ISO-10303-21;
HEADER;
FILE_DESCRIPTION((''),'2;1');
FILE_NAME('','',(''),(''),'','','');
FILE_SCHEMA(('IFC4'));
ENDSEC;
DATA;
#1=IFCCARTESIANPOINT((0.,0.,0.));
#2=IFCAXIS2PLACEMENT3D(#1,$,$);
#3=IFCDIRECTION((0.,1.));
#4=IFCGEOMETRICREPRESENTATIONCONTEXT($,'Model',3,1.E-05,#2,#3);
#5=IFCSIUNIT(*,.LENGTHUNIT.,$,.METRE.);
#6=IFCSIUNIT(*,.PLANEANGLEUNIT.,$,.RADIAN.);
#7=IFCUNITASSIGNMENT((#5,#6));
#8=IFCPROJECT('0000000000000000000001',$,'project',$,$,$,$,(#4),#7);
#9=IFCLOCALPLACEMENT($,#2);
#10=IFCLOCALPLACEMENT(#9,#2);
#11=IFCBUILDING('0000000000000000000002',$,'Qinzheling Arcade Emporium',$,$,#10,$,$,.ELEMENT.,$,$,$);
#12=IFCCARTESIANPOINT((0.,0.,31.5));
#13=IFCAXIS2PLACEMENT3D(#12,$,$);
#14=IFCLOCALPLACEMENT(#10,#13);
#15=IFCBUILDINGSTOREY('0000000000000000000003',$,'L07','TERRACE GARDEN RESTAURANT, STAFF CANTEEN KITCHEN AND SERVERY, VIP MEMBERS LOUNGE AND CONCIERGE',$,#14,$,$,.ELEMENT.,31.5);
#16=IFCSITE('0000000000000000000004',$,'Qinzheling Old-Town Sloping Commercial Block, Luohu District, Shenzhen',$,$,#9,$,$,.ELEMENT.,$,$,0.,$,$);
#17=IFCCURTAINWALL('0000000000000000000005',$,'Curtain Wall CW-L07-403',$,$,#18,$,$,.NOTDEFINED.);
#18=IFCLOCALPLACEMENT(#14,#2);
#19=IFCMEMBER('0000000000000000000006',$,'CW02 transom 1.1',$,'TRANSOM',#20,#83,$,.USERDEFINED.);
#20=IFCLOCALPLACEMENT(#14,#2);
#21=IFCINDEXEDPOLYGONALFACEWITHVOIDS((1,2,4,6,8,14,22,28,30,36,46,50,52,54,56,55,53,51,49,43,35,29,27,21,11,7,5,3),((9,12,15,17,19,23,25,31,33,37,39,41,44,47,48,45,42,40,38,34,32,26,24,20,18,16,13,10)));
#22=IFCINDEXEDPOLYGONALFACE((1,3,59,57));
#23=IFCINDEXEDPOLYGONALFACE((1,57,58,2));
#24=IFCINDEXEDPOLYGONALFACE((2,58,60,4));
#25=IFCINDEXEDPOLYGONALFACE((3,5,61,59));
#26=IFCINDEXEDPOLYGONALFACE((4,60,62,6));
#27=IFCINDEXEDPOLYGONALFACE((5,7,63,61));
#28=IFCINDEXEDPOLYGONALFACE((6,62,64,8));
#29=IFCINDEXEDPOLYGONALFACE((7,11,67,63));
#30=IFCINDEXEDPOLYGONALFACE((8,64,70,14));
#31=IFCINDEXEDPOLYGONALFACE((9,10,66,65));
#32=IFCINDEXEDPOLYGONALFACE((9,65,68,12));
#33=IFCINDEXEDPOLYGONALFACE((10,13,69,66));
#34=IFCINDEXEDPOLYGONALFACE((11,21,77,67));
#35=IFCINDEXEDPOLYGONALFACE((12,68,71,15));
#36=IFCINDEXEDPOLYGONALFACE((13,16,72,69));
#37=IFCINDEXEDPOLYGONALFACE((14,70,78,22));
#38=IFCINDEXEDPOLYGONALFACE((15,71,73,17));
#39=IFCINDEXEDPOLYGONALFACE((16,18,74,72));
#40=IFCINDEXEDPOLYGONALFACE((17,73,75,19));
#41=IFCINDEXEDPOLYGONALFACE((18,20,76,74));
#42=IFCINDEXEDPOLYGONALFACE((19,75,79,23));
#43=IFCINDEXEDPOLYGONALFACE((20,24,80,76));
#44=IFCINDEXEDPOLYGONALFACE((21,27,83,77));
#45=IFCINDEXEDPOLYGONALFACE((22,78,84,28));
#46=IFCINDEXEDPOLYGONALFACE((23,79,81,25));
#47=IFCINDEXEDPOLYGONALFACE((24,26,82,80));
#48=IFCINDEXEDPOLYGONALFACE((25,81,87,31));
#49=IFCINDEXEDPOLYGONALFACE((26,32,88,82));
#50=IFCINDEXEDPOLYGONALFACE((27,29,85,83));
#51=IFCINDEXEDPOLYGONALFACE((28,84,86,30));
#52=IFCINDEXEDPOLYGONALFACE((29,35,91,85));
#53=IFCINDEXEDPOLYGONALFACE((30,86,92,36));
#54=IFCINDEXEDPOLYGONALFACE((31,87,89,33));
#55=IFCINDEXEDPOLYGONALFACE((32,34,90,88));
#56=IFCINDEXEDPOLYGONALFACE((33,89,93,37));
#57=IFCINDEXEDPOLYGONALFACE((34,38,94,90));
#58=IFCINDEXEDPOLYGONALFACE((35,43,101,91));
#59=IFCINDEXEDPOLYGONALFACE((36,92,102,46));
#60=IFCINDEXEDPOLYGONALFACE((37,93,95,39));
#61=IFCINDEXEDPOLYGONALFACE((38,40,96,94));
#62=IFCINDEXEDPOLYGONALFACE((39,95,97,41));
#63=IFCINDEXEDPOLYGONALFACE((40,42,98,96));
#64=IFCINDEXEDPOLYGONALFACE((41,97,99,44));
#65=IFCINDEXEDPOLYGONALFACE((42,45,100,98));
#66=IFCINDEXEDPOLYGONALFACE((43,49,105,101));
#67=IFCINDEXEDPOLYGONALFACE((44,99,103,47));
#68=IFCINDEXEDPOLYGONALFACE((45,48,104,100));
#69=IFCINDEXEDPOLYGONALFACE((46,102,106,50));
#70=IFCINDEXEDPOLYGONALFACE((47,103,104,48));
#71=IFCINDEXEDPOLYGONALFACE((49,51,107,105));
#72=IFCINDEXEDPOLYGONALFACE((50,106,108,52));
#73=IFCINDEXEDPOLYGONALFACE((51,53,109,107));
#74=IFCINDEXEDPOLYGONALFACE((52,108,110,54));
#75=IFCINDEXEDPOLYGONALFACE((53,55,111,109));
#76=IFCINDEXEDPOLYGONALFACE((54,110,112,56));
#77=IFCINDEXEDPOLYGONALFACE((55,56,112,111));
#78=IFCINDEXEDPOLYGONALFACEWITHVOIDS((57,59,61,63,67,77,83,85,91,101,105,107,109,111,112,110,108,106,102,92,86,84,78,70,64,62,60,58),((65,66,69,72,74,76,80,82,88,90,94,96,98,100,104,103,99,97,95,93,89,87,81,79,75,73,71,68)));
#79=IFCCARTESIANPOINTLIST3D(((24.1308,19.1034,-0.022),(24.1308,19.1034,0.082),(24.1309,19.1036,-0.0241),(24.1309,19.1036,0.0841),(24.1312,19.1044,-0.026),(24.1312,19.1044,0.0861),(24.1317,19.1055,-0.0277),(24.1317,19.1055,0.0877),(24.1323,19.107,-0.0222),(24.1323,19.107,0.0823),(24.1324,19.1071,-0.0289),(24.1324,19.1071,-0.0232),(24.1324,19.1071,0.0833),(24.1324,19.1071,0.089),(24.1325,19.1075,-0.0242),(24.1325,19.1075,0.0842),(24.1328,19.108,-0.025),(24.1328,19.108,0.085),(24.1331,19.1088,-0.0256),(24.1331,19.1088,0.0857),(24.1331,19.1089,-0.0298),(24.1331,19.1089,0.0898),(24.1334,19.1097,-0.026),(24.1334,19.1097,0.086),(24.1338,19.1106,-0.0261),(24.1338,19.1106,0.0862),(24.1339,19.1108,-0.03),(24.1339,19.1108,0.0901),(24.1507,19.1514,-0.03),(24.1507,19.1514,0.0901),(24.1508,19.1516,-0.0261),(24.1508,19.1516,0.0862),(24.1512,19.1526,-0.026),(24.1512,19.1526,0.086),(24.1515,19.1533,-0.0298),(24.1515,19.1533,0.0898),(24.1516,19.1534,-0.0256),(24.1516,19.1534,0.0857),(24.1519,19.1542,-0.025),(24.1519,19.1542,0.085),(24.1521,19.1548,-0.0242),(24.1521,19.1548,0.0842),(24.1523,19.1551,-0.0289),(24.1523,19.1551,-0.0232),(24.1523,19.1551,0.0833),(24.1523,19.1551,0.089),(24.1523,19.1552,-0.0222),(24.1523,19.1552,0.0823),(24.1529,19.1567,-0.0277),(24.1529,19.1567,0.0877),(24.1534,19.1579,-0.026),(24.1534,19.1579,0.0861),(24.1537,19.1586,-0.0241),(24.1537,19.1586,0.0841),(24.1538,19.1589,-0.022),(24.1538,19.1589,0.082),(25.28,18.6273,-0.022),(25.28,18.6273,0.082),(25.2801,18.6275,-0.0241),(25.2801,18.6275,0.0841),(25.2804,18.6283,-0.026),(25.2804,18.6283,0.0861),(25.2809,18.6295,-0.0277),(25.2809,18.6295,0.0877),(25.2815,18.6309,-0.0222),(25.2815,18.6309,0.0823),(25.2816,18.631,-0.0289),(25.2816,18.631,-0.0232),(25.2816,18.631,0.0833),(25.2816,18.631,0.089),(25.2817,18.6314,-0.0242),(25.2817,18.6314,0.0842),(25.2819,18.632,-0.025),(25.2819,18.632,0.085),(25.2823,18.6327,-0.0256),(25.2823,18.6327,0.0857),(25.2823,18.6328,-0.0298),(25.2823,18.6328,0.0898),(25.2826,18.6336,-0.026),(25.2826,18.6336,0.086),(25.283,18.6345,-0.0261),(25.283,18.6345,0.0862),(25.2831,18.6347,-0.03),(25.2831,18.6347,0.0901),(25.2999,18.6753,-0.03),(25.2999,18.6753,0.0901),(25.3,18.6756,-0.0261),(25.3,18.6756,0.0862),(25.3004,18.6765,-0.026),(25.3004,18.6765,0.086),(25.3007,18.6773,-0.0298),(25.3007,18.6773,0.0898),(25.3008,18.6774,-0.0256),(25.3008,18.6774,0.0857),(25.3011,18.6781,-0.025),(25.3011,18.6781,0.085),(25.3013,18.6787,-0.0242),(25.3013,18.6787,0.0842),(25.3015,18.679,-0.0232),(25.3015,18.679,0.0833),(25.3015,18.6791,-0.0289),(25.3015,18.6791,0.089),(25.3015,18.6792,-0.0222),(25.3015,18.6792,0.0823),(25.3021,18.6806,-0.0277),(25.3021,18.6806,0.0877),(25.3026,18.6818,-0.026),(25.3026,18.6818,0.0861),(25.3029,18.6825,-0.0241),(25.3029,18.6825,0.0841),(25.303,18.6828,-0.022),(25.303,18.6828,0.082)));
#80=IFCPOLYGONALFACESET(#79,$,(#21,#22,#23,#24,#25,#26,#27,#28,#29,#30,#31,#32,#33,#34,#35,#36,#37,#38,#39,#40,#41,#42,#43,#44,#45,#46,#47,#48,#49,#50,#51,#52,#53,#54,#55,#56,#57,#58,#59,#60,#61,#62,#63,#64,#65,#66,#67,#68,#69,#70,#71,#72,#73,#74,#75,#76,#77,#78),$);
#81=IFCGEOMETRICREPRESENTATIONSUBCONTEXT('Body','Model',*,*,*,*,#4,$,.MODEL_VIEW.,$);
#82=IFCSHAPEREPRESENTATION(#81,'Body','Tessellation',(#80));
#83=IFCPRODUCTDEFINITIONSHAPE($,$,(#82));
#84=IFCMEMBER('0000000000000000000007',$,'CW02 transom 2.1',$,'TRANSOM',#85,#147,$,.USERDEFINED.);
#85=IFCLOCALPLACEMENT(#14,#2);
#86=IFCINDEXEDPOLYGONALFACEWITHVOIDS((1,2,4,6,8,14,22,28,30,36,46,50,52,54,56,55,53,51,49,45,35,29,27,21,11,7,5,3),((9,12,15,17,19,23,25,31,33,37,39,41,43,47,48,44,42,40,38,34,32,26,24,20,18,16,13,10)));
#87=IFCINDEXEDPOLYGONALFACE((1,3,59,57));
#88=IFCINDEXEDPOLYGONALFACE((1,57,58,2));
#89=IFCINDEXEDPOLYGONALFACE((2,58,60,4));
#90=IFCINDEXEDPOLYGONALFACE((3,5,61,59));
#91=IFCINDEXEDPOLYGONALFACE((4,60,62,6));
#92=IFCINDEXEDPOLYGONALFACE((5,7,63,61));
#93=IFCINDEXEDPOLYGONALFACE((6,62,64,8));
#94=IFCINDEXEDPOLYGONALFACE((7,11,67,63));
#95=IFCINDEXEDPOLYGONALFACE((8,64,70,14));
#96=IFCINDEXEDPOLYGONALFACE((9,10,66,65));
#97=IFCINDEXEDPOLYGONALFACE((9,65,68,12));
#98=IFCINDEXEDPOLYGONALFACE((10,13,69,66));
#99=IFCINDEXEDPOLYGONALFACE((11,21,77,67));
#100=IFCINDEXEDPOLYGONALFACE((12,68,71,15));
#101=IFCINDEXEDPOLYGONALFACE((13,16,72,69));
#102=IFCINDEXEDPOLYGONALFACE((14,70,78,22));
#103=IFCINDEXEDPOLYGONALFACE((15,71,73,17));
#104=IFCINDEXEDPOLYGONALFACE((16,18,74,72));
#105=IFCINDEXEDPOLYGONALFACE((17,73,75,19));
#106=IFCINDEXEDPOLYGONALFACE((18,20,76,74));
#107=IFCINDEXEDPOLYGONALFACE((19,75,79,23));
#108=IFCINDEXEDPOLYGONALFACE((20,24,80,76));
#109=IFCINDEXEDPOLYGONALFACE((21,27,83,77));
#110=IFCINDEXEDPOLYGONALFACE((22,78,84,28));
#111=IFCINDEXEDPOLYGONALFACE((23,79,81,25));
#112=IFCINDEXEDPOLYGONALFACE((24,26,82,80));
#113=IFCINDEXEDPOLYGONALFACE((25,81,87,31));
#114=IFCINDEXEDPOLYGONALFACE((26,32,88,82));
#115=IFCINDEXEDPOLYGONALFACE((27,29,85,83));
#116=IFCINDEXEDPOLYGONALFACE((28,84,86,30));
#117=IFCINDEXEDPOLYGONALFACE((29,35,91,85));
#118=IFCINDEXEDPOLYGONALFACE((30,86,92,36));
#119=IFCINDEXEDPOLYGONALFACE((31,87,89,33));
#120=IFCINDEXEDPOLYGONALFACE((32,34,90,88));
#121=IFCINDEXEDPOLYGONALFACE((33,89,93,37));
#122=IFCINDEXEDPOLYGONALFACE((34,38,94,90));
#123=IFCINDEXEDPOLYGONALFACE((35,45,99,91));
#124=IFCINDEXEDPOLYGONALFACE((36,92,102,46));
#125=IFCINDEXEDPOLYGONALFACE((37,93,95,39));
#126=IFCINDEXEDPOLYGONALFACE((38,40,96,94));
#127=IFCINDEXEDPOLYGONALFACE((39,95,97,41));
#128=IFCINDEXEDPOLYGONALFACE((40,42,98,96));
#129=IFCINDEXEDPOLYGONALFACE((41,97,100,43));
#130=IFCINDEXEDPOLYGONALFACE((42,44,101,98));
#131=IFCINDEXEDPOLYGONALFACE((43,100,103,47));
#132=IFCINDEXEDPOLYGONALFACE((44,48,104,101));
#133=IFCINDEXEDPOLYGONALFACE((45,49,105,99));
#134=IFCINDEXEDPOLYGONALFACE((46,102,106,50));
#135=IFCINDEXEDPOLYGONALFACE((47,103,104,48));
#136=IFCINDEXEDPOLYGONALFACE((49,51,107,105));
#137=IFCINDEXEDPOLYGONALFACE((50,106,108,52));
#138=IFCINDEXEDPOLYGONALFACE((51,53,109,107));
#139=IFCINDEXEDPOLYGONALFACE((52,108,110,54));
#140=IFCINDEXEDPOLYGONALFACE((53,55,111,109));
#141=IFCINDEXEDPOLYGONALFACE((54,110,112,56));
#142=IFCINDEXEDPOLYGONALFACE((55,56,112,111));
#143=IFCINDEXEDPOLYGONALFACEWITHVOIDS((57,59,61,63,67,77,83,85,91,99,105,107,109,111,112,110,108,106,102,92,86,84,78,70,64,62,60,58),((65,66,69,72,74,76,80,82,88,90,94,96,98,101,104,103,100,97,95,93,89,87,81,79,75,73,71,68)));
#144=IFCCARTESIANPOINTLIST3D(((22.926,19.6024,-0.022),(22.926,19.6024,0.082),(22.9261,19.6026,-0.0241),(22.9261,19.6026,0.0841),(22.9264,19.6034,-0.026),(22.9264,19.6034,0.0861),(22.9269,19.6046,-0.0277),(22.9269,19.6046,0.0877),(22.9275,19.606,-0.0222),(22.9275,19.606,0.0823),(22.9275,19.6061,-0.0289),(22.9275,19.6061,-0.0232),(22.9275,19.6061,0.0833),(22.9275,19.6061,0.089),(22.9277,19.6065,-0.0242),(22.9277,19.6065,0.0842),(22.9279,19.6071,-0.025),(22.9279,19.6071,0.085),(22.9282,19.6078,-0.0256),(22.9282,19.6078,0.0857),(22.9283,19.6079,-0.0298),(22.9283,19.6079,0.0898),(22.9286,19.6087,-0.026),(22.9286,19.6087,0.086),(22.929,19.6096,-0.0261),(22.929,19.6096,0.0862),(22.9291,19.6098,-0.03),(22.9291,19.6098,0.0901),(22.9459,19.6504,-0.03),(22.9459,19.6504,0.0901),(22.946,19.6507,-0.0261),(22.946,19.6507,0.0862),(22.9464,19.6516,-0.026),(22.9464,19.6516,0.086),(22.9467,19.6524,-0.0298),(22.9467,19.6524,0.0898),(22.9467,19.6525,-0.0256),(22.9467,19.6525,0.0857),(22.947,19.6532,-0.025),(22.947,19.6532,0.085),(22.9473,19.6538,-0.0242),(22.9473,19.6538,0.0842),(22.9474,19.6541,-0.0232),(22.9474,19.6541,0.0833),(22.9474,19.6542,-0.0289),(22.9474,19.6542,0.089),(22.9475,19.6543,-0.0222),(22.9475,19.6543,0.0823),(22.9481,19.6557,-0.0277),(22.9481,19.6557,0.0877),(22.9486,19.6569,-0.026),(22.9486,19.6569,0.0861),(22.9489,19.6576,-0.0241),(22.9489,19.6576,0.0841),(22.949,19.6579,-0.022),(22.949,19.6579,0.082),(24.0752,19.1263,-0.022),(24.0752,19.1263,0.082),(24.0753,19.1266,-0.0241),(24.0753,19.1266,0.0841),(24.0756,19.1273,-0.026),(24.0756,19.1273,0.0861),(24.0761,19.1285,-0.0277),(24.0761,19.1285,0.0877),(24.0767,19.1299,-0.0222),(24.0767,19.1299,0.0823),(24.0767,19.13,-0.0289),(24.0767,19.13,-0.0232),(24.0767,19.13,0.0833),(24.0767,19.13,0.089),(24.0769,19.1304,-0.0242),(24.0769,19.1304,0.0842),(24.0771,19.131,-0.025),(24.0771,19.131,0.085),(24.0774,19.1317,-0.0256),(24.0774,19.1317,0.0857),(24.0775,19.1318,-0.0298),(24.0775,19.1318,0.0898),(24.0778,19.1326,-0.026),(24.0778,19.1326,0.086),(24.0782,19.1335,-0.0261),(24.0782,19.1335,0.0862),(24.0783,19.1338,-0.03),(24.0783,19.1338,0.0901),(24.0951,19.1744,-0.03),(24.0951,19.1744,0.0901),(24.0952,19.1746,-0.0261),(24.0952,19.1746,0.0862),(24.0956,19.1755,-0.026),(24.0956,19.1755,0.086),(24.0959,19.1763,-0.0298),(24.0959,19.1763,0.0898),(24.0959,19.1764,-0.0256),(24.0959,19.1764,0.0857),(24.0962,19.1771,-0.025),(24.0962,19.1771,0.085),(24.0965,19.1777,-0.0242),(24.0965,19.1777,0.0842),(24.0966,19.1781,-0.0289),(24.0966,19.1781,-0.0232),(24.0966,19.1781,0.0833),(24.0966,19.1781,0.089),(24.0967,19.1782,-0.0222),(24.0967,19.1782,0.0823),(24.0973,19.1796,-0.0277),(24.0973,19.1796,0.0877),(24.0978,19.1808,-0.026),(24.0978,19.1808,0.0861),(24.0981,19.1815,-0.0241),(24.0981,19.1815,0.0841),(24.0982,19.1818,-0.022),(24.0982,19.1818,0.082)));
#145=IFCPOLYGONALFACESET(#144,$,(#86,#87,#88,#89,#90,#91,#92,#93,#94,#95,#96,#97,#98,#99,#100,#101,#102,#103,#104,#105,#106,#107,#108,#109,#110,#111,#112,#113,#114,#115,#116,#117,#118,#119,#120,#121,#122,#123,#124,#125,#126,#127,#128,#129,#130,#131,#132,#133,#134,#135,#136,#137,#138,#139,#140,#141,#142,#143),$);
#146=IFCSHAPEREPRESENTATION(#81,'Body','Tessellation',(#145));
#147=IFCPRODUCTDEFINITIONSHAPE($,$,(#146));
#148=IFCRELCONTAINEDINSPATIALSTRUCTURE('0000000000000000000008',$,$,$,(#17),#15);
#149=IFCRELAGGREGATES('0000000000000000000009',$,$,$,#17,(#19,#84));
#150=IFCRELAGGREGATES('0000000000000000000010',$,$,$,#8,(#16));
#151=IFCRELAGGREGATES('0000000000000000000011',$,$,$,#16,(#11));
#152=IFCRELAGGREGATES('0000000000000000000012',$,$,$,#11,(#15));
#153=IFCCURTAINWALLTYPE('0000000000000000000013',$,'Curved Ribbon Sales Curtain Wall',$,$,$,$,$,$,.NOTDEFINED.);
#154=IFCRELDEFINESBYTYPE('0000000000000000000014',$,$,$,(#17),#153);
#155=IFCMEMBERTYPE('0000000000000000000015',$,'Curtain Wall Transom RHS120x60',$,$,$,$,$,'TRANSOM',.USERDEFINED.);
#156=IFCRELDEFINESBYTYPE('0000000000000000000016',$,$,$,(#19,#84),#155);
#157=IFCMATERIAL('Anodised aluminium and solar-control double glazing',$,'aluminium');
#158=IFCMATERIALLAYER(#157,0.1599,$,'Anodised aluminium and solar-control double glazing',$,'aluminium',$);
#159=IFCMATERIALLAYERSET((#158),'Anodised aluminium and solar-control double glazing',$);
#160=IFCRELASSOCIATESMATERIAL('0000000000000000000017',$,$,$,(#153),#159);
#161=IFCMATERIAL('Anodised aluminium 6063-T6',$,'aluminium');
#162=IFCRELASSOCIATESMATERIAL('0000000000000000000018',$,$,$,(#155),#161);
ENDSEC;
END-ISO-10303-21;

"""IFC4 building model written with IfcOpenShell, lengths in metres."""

from ifc_helpers import new_model, si_unit, direction, frame, origin, origin_2d, place, context, subcontext, project, spatial, hollow_rectangle, extrude, material, layer, layer_set, material_profile, profile_set, type_object, element, aggregate, save


model = new_model("IFC4")

# Units and contexts
model_context = context("Model", 3, precision=1e-05, world=origin(), true_north=direction((0.0, 1.0)))
body_context = subcontext(model_context, "Body", "Model", "MODEL_VIEW")
ifc_project = project(units=[si_unit("LENGTHUNIT", "METRE"), si_unit("PLANEANGLEUNIT", "RADIAN")], contexts=[model_context])

# Site, building, storey
site_placement = place(None, origin())
site = spatial("IfcSite", under=ifc_project, at=site_placement, Name="Qinzheling Old-Town Sloping Commercial Block, Luohu District, Shenzhen", CompositionType="ELEMENT", RefElevation=0.0)
building_placement = place(site_placement, origin())
building = spatial("IfcBuilding", under=site, at=building_placement, Name="Qinzheling Arcade Emporium", CompositionType="ELEMENT")
storey_placement = place(building_placement, frame((0.0, 0.0, 31.5)))
storey = spatial("IfcBuildingStorey", under=building, at=storey_placement, Name="L07", Description="TERRACE GARDEN RESTAURANT, STAFF CANTEEN KITCHEN AND SERVERY, VIP MEMBERS LOUNGE AND CONCIERGE", CompositionType="ELEMENT", Elevation=31.5)

# Curtain wall
ifc_material_1 = material(Name="Anodised aluminium and solar-control double glazing", Category="aluminium")
ifc_layer_1 = layer(ifc_material_1, 0.1599, Name="Anodised aluminium and solar-control double glazing", Category="aluminium")
ifc_layer_set_1 = layer_set([ifc_layer_1], Name="Anodised aluminium and solar-control double glazing")
curtain_wall_type = type_object("IfcCurtainWallType", Name="Curved Ribbon Sales Curtain Wall", PredefinedType="NOTDEFINED", material=ifc_layer_set_1)
curtain_wall_1_placement = place(storey_placement, origin())
curtain_wall_1 = element("IfcCurtainWall", 1, at=curtain_wall_1_placement, inside=storey, type_object=curtain_wall_type, Name="Curtain Wall CW-L07-403", PredefinedType="NOTDEFINED")
ifc_material_2 = material(Name="Anodised aluminium 6063-T6", Category="aluminium")

# Members
ifc_material_profile_1 = material_profile(ifc_material_2, hollow_rectangle(XDim=0.0601, YDim=0.1201, WallThickness=0.0039, InnerFilletRadius=0.0039, OuterFilletRadius=0.0081, at=origin_2d()), Name="RHS 120x60x4", Category="aluminium")
ifc_profile_set_1 = profile_set([ifc_material_profile_1], Name="Anodised aluminium 6063-T6")
member_type_1 = type_object("IfcMemberType", Name="Curtain Wall Transom RHS120x60", ElementType="TRANSOM", PredefinedType="USERDEFINED", material=ifc_profile_set_1)
member_1_placement = place(storey_placement, frame((25.2915, 18.655, 0.03), z_axis=(-0.923859, 0.382733, 0.0), x_axis=(-0.382733, -0.923859, 0.0)))
member_1 = element("IfcMember", 2, at=member_1_placement, type_object=member_type_1, Name="CW02 transom 1.1", ObjectType="TRANSOM", PredefinedType="USERDEFINED", context=body_context, shape_type="SweptSolid", body=[
    extrude(hollow_rectangle(XDim=0.0601, YDim=0.1201, WallThickness=0.0039, InnerFilletRadius=0.0039, OuterFilletRadius=0.0081, at=origin_2d()), origin(), (0.0, 0.0, 1.0), 1.2439),
])
member_2_placement = place(storey_placement, frame((24.0867, 19.1541, 0.03), z_axis=(-0.923859, 0.382733, 0.0), x_axis=(-0.382733, -0.923859, 0.0)))
member_2 = element("IfcMember", 3, at=member_2_placement, type_object=member_type_1, Name="CW02 transom 2.1", ObjectType="TRANSOM", PredefinedType="USERDEFINED", context=body_context, shape_type="SweptSolid", body=[
    extrude(hollow_rectangle(XDim=0.0601, YDim=0.1201, WallThickness=0.0039, InnerFilletRadius=0.0039, OuterFilletRadius=0.0081, at=origin_2d()), origin(), (0.0, 0.0, 1.0), 1.2439),
])

aggregate(curtain_wall_1, [member_1, member_2])

save(model, "model.ifc")
